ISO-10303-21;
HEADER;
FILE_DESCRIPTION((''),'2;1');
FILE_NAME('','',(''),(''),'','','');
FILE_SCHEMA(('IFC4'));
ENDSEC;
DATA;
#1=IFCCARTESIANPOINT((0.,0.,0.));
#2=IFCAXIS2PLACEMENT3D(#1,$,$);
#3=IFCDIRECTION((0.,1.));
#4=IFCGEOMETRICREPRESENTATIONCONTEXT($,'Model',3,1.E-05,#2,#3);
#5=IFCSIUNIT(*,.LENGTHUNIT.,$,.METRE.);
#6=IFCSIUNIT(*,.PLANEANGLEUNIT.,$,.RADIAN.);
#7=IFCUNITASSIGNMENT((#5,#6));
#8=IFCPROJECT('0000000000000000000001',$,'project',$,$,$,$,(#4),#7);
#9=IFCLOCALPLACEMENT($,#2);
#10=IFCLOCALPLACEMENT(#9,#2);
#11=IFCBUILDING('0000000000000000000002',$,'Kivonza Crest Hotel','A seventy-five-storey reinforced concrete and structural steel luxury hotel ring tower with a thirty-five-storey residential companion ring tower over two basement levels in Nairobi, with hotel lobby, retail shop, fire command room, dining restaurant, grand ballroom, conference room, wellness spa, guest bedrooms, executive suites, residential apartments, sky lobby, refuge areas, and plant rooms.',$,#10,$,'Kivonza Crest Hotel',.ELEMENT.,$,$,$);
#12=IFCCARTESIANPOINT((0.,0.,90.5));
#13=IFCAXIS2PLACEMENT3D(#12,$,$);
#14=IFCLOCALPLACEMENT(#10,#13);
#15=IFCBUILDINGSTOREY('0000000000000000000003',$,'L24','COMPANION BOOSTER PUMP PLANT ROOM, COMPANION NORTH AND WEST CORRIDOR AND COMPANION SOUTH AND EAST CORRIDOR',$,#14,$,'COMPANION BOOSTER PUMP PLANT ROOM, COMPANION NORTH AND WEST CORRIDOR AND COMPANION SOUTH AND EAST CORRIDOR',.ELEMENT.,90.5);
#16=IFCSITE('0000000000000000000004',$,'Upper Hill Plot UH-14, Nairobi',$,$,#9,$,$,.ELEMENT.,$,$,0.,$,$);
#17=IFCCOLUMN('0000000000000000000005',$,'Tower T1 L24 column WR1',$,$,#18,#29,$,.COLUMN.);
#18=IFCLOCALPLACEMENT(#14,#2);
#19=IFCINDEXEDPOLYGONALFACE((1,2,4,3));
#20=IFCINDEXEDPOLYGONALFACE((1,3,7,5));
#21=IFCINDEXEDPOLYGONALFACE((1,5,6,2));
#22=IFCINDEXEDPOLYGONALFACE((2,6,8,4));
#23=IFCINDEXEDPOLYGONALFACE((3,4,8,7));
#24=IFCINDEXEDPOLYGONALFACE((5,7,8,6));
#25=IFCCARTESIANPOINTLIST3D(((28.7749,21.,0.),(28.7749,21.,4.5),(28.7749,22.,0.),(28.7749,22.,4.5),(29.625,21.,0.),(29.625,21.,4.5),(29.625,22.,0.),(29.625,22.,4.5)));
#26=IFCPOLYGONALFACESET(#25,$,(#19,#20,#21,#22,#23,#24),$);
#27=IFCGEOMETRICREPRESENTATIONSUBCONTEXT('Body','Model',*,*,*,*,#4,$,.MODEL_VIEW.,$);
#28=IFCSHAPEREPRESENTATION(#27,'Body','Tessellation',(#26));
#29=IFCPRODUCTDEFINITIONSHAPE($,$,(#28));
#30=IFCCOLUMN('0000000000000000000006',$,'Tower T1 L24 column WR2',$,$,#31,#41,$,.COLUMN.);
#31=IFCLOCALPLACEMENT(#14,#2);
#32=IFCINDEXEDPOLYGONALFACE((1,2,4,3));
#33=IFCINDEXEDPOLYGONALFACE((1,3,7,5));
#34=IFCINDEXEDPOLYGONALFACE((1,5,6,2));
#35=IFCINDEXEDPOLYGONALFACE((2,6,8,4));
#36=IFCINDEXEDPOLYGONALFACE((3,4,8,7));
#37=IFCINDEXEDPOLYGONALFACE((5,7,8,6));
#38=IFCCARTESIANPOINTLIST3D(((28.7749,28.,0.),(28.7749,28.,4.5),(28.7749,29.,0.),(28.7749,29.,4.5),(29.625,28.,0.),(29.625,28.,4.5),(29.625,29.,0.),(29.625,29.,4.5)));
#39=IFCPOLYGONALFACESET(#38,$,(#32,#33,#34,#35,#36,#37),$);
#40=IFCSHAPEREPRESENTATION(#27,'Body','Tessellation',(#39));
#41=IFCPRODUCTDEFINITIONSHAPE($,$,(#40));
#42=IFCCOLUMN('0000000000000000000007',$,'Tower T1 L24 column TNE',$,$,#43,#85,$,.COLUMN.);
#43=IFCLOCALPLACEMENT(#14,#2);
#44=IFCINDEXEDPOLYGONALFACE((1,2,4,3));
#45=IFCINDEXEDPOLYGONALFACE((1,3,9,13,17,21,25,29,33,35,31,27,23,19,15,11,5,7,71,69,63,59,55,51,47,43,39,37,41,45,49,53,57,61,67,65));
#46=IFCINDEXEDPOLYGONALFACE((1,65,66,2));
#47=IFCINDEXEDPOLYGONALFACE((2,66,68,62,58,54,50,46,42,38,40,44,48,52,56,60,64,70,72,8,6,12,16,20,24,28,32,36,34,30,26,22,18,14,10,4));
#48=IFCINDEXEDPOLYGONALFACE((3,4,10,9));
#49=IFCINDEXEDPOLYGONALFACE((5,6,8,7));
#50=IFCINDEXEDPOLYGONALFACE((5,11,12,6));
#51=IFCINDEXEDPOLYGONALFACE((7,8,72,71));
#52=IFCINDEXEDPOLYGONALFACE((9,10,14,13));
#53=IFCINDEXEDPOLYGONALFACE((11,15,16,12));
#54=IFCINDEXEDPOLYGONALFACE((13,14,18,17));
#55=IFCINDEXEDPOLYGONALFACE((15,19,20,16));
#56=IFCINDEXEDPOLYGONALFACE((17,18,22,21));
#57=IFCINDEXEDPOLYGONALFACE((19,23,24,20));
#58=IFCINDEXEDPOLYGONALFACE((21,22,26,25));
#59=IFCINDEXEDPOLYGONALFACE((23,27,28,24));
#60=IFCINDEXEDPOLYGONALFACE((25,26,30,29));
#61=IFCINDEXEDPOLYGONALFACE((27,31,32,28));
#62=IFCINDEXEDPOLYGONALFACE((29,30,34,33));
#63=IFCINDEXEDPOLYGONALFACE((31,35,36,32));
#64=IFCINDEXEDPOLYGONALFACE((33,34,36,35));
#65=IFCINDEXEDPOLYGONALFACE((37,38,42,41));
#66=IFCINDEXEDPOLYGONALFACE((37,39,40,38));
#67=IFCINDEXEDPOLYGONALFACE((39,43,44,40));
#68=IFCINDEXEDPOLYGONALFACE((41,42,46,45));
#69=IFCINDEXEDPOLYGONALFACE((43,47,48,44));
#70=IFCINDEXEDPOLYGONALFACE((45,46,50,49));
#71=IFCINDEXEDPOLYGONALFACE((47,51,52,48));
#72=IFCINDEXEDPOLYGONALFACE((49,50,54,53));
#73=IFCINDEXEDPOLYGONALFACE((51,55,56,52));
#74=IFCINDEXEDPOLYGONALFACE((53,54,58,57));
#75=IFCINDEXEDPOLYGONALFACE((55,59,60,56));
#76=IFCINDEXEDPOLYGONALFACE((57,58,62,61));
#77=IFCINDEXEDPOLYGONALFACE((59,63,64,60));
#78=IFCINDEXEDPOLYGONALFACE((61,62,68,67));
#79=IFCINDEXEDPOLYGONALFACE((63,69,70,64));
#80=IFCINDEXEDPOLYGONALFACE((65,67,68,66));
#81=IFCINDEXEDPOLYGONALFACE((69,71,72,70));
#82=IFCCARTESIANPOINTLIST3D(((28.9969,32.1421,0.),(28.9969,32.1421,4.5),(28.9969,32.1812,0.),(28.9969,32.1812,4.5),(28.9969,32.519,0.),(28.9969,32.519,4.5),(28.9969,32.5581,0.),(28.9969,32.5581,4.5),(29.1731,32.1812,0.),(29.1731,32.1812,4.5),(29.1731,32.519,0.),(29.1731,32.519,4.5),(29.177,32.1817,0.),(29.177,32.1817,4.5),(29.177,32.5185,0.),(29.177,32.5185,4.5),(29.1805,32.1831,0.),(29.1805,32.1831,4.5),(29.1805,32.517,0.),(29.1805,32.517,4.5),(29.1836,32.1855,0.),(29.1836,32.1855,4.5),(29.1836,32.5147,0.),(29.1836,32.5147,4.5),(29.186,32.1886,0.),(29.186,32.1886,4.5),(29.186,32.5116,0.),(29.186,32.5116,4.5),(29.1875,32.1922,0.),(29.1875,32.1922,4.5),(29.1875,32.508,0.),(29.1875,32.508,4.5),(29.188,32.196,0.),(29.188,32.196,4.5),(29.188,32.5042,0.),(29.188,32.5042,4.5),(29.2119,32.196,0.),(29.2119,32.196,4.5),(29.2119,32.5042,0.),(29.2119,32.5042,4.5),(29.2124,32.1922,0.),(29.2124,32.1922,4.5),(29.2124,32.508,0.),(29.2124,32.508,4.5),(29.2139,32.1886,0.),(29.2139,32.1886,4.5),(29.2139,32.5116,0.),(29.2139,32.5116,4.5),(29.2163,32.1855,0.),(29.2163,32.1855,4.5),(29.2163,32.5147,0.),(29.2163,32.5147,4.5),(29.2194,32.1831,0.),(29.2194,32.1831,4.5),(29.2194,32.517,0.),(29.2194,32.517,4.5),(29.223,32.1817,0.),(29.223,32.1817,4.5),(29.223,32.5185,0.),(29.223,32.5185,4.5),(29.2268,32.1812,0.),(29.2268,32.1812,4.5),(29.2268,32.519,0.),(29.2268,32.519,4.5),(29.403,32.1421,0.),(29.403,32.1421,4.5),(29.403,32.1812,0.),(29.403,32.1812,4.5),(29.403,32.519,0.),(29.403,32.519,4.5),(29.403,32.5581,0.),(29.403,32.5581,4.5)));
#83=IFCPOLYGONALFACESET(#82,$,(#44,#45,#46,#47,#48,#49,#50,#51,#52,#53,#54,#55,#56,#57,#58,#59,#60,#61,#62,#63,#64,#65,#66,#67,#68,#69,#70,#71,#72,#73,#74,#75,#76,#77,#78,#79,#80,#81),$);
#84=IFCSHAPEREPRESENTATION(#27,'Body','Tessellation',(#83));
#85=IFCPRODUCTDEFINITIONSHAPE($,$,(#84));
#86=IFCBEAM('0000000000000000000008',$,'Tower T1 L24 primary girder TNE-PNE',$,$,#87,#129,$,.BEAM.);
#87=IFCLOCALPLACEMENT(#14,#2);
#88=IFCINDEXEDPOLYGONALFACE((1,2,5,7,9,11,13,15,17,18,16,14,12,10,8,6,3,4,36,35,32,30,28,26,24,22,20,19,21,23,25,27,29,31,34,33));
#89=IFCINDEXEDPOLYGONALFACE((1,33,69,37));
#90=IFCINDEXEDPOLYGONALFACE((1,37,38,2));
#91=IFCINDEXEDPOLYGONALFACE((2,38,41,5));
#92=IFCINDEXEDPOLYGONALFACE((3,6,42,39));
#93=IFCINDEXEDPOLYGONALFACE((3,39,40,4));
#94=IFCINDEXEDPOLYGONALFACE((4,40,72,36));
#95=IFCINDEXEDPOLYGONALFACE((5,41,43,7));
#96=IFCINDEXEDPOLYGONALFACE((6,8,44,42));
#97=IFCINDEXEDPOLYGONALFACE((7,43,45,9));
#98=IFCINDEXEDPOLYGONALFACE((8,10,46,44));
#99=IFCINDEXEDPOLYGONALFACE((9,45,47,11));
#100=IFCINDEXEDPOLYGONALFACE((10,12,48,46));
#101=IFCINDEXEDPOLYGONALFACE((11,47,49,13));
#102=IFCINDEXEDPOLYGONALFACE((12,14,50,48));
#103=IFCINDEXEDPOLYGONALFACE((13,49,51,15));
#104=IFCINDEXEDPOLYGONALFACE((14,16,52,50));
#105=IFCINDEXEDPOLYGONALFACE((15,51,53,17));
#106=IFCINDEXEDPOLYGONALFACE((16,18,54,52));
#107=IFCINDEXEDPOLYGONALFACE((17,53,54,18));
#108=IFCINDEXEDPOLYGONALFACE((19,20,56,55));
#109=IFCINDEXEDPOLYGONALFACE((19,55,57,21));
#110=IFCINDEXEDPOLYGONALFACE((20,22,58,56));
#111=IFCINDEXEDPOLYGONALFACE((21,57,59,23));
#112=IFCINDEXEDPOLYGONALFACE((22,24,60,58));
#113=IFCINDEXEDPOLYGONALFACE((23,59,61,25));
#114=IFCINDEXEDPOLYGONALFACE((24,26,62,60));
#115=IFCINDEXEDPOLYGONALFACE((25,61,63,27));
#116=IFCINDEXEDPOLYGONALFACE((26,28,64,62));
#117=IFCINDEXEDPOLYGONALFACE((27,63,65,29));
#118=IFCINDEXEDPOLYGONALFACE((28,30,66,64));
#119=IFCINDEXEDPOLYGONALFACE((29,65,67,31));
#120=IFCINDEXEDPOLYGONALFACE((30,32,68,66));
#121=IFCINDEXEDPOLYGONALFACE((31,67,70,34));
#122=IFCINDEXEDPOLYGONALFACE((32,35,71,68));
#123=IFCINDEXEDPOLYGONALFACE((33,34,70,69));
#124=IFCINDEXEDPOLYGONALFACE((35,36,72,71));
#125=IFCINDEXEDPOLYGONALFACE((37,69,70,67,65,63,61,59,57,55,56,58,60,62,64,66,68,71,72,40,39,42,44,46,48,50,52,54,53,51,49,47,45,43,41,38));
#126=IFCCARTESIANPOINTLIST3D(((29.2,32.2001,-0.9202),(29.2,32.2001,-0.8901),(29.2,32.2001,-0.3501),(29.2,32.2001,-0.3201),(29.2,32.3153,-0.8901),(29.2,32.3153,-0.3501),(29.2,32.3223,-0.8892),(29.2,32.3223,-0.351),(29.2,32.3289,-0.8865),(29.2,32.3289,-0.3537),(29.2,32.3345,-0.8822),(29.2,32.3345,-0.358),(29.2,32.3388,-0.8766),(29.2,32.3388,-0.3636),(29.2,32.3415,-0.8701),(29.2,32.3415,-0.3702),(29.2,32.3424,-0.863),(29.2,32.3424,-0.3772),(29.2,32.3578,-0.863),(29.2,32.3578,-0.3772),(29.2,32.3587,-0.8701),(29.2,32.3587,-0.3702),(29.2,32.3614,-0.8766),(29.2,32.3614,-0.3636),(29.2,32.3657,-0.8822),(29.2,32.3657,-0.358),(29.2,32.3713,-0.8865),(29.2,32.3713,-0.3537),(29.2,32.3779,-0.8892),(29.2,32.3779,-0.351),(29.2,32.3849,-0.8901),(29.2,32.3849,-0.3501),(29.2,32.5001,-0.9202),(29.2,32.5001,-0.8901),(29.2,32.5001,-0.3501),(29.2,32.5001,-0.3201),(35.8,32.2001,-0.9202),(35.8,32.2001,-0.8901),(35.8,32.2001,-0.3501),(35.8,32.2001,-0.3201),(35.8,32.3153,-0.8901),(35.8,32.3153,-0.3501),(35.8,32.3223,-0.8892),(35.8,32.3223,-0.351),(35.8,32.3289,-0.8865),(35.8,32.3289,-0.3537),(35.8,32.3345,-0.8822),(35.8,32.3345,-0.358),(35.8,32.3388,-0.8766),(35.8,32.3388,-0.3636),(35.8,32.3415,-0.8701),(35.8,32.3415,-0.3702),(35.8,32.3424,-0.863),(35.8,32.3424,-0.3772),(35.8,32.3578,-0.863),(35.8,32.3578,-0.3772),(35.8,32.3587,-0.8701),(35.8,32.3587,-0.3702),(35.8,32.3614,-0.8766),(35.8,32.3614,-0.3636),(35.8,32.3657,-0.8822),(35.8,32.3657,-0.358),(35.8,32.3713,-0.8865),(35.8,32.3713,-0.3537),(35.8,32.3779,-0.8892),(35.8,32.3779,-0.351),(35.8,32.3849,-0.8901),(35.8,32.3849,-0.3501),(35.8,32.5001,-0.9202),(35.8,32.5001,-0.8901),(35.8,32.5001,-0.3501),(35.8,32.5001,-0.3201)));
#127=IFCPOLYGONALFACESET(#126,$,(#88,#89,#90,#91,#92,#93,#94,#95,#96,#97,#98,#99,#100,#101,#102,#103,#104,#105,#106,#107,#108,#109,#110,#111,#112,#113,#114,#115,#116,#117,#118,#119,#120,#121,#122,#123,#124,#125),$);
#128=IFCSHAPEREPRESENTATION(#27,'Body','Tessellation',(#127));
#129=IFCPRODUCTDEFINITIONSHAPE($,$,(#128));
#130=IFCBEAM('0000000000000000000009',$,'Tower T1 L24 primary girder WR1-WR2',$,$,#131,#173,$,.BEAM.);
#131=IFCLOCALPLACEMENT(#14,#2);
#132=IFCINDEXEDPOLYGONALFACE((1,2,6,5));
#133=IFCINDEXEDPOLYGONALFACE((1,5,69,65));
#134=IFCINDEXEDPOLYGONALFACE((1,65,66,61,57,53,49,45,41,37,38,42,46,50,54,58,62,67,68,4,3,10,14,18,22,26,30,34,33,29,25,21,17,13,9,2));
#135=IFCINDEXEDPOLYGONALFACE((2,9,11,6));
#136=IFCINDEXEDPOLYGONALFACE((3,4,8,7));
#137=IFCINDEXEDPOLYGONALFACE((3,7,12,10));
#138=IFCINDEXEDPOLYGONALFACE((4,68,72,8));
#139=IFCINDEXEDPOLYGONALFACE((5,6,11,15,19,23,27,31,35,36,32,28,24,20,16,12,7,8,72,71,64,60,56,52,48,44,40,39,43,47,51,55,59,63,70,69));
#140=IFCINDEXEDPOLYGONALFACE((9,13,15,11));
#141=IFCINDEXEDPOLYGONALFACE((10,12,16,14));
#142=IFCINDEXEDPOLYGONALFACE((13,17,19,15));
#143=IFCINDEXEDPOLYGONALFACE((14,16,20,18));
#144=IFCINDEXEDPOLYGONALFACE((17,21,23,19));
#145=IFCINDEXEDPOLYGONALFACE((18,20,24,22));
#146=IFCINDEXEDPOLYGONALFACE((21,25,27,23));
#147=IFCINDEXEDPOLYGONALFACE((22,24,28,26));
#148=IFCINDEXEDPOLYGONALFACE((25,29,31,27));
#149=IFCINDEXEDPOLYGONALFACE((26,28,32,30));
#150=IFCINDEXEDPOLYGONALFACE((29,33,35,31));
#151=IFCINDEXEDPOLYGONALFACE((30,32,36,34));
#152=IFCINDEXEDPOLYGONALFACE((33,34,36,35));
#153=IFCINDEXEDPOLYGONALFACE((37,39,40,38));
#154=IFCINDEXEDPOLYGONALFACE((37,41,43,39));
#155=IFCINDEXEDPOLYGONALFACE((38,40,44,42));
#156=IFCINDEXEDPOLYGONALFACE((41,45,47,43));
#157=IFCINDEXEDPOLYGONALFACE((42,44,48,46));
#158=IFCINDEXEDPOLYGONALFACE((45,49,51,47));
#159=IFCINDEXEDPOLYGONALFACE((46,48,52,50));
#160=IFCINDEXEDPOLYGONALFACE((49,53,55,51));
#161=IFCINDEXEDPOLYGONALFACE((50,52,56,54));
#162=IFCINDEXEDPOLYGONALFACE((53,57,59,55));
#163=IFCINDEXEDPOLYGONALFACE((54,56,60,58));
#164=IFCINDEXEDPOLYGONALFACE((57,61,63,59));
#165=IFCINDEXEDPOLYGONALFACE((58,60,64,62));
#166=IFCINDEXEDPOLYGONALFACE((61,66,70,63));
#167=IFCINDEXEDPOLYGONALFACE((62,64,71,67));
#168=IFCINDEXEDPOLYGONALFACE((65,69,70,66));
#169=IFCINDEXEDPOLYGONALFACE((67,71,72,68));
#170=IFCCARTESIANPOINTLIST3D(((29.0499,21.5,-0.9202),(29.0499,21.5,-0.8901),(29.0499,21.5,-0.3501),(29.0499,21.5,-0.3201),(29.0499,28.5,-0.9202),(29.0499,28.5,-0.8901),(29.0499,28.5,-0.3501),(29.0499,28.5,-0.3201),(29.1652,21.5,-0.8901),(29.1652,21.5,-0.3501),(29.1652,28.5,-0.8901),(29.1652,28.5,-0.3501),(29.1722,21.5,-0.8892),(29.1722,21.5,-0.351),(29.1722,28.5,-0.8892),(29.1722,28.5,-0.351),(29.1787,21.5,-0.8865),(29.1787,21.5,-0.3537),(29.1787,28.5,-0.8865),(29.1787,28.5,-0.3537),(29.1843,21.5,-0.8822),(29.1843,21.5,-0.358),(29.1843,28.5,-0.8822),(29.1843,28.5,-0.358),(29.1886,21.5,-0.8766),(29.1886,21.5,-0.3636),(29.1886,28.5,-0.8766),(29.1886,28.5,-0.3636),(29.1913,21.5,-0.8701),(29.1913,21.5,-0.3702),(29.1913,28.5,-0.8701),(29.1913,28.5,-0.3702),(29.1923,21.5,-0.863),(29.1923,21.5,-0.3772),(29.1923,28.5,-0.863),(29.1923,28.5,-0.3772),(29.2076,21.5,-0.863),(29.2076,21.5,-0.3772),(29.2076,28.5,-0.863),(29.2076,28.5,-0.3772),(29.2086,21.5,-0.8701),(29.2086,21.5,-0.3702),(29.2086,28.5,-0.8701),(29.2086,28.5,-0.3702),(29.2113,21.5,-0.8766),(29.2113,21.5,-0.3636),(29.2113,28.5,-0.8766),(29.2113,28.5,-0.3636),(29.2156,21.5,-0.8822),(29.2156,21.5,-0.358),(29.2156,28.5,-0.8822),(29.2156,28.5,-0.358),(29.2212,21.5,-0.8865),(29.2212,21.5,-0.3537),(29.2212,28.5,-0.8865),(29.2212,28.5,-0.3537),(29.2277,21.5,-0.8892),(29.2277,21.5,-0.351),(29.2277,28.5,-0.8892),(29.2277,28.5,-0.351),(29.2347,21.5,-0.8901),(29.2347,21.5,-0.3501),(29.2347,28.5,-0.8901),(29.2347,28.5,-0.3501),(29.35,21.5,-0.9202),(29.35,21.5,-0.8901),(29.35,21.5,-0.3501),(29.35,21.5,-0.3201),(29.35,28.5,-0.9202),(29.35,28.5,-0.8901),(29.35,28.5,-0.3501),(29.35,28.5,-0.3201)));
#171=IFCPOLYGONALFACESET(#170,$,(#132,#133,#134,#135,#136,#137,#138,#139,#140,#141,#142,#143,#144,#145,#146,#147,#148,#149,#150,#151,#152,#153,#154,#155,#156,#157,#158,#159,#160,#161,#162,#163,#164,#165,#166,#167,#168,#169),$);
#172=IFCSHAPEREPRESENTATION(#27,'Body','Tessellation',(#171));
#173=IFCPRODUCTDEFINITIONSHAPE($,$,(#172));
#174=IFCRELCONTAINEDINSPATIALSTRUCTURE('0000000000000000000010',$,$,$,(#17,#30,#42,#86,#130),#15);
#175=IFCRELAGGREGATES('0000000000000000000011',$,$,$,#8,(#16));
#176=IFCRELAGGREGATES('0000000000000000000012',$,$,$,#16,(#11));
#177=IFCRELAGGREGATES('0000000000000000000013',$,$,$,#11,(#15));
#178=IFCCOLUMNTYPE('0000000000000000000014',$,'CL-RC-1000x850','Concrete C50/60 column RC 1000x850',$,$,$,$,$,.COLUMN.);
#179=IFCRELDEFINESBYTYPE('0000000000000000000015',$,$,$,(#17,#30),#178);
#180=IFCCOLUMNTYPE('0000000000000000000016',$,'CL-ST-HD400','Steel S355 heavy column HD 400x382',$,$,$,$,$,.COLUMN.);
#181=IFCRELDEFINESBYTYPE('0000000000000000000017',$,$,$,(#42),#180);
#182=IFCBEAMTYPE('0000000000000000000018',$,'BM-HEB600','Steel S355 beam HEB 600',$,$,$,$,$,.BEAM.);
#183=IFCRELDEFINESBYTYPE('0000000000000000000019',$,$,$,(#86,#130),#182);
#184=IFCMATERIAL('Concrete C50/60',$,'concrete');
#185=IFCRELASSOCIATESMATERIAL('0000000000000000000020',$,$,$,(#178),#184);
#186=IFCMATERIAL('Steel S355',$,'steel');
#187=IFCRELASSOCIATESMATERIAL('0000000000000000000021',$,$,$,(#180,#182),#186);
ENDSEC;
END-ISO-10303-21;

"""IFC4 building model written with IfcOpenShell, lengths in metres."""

from ifc_helpers import new_model, si_unit, direction, frame, origin, origin_2d, place, context, subcontext, project, spatial, rectangle, i_section, extrude, material, material_profile, profile_set, type_object, element, save


model = new_model("IFC4")

# Units and contexts
model_context = context("Model", 3, precision=1e-05, world=origin(), true_north=direction((0.0, 1.0)))
body_context = subcontext(model_context, "Body", "Model", "MODEL_VIEW")
ifc_project = project(units=[si_unit("LENGTHUNIT", "METRE"), si_unit("PLANEANGLEUNIT", "RADIAN")], contexts=[model_context])

# Site, building, storey
site_placement = place(None, origin())
site = spatial("IfcSite", under=ifc_project, at=site_placement, Name="Upper Hill Plot UH-14, Nairobi", CompositionType="ELEMENT", RefElevation=0.0)
building_placement = place(site_placement, origin())
building = spatial("IfcBuilding", under=site, at=building_placement, Name="Kivonza Crest Hotel", Description="A seventy-five-storey reinforced concrete and structural steel luxury hotel ring tower with a thirty-five-storey residential companion ring tower over two basement levels in Nairobi, with hotel lobby, retail shop, fire command room, dining restaurant, grand ballroom, conference room, wellness spa, guest bedrooms, executive suites, residential apartments, sky lobby, refuge areas, and plant rooms.", LongName="Kivonza Crest Hotel", CompositionType="ELEMENT")
storey_placement = place(building_placement, frame((0.0, 0.0, 90.5)))
storey = spatial("IfcBuildingStorey", under=building, at=storey_placement, Name="L24", Description="COMPANION BOOSTER PUMP PLANT ROOM, COMPANION NORTH AND WEST CORRIDOR AND COMPANION SOUTH AND EAST CORRIDOR", LongName="COMPANION BOOSTER PUMP PLANT ROOM, COMPANION NORTH AND WEST CORRIDOR AND COMPANION SOUTH AND EAST CORRIDOR", CompositionType="ELEMENT", Elevation=90.5)

# Columns
ifc_material_1 = material(Name="Concrete C50/60", Category="concrete")
ifc_material_profile_1 = material_profile(ifc_material_1, rectangle(XDim=0.8501, YDim=1.0, at=origin_2d()), Name="RC 1000x850")
ifc_profile_set_1 = profile_set([ifc_material_profile_1], Name="Concrete C50/60")
column_type_1 = type_object("IfcColumnType", Name="CL-RC-1000x850", Description="Concrete C50/60 column RC 1000x850", PredefinedType="COLUMN", material=ifc_profile_set_1)
for number, where, z_axis, x_axis, name in (
    (1, (29.2, 21.5, 0.0), (0.0, 0.0, 1.0), (1.0, 0.0, 0.0), "Tower T1 L24 column WR1"),
    (2, (29.2, 28.5, 0.0), (0.0, 0.0, 1.0), (1.0, 0.0, 0.0), "Tower T1 L24 column WR2"),
):
    element("IfcColumn", number, at=place(storey_placement, frame(where, z_axis=z_axis, x_axis=x_axis)), inside=storey, type_object=column_type_1, Name=name, PredefinedType="COLUMN", context=body_context, shape_type="SweptSolid", body=[
        extrude(rectangle(XDim=0.8501, YDim=1.0, at=origin_2d()), origin(), (0.0, 0.0, 1.0), 4.5),
    ])
ifc_material_2 = material(Name="Steel S355", Category="steel")
ifc_material_profile_2 = material_profile(ifc_material_2, i_section(OverallWidth=0.406, OverallDepth=0.416, WebThickness=0.0239, FlangeThickness=0.0391, FilletRadius=0.0149, at=origin_2d()), Name="HD 400x382")
ifc_profile_set_2 = profile_set([ifc_material_profile_2], Name="Steel S355")
column_type_2 = type_object("IfcColumnType", Name="CL-ST-HD400", Description="Steel S355 heavy column HD 400x382", PredefinedType="COLUMN", material=ifc_profile_set_2)
column_placement = place(storey_placement, frame((29.2, 32.3501, 0.0), z_axis=(0.0, 0.0, 1.0), x_axis=(1.0, 0.0, 0.0)))
element("IfcColumn", 3, at=column_placement, inside=storey, type_object=column_type_2, Name="Tower T1 L24 column TNE", PredefinedType="COLUMN", context=body_context, shape_type="SweptSolid", body=[
    extrude(i_section(OverallWidth=0.406, OverallDepth=0.416, WebThickness=0.0239, FlangeThickness=0.0391, FilletRadius=0.0149, at=origin_2d()), origin(), (0.0, 0.0, 1.0), 4.5),
])

# Beams
ifc_material_profile_3 = material_profile(ifc_material_2, i_section(OverallWidth=0.3, OverallDepth=0.6001, WebThickness=0.0154, FlangeThickness=0.03, FilletRadius=0.0271, at=origin_2d()), Name="HEB 600")
ifc_profile_set_3 = profile_set([ifc_material_profile_3], Name="Steel S355")
beam_type_1 = type_object("IfcBeamType", Name="BM-HEB600", Description="Steel S355 beam HEB 600", PredefinedType="BEAM", material=ifc_profile_set_3)
beam_1_placement = place(storey_placement, frame((29.2, 32.3501, -0.6201), z_axis=(1.0, 0.0, 0.0), x_axis=(0.0, 1.0, 0.0)))
element("IfcBeam", 4, at=beam_1_placement, inside=storey, type_object=beam_type_1, Name="Tower T1 L24 primary girder TNE-PNE", PredefinedType="BEAM", context=body_context, shape_type="SweptSolid", body=[
    extrude(i_section(OverallWidth=0.3, OverallDepth=0.6001, WebThickness=0.0154, FlangeThickness=0.03, FilletRadius=0.0271, at=origin_2d()), origin(), (0.0, 0.0, 1.0), 6.6001),
])
beam_2_placement = place(storey_placement, frame((29.2, 21.5, -0.6201), z_axis=(0.0, 1.0, 0.0), x_axis=(-1.0, 0.0, 0.0)))
element("IfcBeam", 5, at=beam_2_placement, inside=storey, type_object=beam_type_1, Name="Tower T1 L24 primary girder WR1-WR2", PredefinedType="BEAM", context=body_context, shape_type="SweptSolid", body=[
    extrude(i_section(OverallWidth=0.3, OverallDepth=0.6001, WebThickness=0.0154, FlangeThickness=0.03, FilletRadius=0.0271, at=origin_2d()), origin(), (0.0, 0.0, 1.0), 7.0),
])

save(model, "model.ifc")
